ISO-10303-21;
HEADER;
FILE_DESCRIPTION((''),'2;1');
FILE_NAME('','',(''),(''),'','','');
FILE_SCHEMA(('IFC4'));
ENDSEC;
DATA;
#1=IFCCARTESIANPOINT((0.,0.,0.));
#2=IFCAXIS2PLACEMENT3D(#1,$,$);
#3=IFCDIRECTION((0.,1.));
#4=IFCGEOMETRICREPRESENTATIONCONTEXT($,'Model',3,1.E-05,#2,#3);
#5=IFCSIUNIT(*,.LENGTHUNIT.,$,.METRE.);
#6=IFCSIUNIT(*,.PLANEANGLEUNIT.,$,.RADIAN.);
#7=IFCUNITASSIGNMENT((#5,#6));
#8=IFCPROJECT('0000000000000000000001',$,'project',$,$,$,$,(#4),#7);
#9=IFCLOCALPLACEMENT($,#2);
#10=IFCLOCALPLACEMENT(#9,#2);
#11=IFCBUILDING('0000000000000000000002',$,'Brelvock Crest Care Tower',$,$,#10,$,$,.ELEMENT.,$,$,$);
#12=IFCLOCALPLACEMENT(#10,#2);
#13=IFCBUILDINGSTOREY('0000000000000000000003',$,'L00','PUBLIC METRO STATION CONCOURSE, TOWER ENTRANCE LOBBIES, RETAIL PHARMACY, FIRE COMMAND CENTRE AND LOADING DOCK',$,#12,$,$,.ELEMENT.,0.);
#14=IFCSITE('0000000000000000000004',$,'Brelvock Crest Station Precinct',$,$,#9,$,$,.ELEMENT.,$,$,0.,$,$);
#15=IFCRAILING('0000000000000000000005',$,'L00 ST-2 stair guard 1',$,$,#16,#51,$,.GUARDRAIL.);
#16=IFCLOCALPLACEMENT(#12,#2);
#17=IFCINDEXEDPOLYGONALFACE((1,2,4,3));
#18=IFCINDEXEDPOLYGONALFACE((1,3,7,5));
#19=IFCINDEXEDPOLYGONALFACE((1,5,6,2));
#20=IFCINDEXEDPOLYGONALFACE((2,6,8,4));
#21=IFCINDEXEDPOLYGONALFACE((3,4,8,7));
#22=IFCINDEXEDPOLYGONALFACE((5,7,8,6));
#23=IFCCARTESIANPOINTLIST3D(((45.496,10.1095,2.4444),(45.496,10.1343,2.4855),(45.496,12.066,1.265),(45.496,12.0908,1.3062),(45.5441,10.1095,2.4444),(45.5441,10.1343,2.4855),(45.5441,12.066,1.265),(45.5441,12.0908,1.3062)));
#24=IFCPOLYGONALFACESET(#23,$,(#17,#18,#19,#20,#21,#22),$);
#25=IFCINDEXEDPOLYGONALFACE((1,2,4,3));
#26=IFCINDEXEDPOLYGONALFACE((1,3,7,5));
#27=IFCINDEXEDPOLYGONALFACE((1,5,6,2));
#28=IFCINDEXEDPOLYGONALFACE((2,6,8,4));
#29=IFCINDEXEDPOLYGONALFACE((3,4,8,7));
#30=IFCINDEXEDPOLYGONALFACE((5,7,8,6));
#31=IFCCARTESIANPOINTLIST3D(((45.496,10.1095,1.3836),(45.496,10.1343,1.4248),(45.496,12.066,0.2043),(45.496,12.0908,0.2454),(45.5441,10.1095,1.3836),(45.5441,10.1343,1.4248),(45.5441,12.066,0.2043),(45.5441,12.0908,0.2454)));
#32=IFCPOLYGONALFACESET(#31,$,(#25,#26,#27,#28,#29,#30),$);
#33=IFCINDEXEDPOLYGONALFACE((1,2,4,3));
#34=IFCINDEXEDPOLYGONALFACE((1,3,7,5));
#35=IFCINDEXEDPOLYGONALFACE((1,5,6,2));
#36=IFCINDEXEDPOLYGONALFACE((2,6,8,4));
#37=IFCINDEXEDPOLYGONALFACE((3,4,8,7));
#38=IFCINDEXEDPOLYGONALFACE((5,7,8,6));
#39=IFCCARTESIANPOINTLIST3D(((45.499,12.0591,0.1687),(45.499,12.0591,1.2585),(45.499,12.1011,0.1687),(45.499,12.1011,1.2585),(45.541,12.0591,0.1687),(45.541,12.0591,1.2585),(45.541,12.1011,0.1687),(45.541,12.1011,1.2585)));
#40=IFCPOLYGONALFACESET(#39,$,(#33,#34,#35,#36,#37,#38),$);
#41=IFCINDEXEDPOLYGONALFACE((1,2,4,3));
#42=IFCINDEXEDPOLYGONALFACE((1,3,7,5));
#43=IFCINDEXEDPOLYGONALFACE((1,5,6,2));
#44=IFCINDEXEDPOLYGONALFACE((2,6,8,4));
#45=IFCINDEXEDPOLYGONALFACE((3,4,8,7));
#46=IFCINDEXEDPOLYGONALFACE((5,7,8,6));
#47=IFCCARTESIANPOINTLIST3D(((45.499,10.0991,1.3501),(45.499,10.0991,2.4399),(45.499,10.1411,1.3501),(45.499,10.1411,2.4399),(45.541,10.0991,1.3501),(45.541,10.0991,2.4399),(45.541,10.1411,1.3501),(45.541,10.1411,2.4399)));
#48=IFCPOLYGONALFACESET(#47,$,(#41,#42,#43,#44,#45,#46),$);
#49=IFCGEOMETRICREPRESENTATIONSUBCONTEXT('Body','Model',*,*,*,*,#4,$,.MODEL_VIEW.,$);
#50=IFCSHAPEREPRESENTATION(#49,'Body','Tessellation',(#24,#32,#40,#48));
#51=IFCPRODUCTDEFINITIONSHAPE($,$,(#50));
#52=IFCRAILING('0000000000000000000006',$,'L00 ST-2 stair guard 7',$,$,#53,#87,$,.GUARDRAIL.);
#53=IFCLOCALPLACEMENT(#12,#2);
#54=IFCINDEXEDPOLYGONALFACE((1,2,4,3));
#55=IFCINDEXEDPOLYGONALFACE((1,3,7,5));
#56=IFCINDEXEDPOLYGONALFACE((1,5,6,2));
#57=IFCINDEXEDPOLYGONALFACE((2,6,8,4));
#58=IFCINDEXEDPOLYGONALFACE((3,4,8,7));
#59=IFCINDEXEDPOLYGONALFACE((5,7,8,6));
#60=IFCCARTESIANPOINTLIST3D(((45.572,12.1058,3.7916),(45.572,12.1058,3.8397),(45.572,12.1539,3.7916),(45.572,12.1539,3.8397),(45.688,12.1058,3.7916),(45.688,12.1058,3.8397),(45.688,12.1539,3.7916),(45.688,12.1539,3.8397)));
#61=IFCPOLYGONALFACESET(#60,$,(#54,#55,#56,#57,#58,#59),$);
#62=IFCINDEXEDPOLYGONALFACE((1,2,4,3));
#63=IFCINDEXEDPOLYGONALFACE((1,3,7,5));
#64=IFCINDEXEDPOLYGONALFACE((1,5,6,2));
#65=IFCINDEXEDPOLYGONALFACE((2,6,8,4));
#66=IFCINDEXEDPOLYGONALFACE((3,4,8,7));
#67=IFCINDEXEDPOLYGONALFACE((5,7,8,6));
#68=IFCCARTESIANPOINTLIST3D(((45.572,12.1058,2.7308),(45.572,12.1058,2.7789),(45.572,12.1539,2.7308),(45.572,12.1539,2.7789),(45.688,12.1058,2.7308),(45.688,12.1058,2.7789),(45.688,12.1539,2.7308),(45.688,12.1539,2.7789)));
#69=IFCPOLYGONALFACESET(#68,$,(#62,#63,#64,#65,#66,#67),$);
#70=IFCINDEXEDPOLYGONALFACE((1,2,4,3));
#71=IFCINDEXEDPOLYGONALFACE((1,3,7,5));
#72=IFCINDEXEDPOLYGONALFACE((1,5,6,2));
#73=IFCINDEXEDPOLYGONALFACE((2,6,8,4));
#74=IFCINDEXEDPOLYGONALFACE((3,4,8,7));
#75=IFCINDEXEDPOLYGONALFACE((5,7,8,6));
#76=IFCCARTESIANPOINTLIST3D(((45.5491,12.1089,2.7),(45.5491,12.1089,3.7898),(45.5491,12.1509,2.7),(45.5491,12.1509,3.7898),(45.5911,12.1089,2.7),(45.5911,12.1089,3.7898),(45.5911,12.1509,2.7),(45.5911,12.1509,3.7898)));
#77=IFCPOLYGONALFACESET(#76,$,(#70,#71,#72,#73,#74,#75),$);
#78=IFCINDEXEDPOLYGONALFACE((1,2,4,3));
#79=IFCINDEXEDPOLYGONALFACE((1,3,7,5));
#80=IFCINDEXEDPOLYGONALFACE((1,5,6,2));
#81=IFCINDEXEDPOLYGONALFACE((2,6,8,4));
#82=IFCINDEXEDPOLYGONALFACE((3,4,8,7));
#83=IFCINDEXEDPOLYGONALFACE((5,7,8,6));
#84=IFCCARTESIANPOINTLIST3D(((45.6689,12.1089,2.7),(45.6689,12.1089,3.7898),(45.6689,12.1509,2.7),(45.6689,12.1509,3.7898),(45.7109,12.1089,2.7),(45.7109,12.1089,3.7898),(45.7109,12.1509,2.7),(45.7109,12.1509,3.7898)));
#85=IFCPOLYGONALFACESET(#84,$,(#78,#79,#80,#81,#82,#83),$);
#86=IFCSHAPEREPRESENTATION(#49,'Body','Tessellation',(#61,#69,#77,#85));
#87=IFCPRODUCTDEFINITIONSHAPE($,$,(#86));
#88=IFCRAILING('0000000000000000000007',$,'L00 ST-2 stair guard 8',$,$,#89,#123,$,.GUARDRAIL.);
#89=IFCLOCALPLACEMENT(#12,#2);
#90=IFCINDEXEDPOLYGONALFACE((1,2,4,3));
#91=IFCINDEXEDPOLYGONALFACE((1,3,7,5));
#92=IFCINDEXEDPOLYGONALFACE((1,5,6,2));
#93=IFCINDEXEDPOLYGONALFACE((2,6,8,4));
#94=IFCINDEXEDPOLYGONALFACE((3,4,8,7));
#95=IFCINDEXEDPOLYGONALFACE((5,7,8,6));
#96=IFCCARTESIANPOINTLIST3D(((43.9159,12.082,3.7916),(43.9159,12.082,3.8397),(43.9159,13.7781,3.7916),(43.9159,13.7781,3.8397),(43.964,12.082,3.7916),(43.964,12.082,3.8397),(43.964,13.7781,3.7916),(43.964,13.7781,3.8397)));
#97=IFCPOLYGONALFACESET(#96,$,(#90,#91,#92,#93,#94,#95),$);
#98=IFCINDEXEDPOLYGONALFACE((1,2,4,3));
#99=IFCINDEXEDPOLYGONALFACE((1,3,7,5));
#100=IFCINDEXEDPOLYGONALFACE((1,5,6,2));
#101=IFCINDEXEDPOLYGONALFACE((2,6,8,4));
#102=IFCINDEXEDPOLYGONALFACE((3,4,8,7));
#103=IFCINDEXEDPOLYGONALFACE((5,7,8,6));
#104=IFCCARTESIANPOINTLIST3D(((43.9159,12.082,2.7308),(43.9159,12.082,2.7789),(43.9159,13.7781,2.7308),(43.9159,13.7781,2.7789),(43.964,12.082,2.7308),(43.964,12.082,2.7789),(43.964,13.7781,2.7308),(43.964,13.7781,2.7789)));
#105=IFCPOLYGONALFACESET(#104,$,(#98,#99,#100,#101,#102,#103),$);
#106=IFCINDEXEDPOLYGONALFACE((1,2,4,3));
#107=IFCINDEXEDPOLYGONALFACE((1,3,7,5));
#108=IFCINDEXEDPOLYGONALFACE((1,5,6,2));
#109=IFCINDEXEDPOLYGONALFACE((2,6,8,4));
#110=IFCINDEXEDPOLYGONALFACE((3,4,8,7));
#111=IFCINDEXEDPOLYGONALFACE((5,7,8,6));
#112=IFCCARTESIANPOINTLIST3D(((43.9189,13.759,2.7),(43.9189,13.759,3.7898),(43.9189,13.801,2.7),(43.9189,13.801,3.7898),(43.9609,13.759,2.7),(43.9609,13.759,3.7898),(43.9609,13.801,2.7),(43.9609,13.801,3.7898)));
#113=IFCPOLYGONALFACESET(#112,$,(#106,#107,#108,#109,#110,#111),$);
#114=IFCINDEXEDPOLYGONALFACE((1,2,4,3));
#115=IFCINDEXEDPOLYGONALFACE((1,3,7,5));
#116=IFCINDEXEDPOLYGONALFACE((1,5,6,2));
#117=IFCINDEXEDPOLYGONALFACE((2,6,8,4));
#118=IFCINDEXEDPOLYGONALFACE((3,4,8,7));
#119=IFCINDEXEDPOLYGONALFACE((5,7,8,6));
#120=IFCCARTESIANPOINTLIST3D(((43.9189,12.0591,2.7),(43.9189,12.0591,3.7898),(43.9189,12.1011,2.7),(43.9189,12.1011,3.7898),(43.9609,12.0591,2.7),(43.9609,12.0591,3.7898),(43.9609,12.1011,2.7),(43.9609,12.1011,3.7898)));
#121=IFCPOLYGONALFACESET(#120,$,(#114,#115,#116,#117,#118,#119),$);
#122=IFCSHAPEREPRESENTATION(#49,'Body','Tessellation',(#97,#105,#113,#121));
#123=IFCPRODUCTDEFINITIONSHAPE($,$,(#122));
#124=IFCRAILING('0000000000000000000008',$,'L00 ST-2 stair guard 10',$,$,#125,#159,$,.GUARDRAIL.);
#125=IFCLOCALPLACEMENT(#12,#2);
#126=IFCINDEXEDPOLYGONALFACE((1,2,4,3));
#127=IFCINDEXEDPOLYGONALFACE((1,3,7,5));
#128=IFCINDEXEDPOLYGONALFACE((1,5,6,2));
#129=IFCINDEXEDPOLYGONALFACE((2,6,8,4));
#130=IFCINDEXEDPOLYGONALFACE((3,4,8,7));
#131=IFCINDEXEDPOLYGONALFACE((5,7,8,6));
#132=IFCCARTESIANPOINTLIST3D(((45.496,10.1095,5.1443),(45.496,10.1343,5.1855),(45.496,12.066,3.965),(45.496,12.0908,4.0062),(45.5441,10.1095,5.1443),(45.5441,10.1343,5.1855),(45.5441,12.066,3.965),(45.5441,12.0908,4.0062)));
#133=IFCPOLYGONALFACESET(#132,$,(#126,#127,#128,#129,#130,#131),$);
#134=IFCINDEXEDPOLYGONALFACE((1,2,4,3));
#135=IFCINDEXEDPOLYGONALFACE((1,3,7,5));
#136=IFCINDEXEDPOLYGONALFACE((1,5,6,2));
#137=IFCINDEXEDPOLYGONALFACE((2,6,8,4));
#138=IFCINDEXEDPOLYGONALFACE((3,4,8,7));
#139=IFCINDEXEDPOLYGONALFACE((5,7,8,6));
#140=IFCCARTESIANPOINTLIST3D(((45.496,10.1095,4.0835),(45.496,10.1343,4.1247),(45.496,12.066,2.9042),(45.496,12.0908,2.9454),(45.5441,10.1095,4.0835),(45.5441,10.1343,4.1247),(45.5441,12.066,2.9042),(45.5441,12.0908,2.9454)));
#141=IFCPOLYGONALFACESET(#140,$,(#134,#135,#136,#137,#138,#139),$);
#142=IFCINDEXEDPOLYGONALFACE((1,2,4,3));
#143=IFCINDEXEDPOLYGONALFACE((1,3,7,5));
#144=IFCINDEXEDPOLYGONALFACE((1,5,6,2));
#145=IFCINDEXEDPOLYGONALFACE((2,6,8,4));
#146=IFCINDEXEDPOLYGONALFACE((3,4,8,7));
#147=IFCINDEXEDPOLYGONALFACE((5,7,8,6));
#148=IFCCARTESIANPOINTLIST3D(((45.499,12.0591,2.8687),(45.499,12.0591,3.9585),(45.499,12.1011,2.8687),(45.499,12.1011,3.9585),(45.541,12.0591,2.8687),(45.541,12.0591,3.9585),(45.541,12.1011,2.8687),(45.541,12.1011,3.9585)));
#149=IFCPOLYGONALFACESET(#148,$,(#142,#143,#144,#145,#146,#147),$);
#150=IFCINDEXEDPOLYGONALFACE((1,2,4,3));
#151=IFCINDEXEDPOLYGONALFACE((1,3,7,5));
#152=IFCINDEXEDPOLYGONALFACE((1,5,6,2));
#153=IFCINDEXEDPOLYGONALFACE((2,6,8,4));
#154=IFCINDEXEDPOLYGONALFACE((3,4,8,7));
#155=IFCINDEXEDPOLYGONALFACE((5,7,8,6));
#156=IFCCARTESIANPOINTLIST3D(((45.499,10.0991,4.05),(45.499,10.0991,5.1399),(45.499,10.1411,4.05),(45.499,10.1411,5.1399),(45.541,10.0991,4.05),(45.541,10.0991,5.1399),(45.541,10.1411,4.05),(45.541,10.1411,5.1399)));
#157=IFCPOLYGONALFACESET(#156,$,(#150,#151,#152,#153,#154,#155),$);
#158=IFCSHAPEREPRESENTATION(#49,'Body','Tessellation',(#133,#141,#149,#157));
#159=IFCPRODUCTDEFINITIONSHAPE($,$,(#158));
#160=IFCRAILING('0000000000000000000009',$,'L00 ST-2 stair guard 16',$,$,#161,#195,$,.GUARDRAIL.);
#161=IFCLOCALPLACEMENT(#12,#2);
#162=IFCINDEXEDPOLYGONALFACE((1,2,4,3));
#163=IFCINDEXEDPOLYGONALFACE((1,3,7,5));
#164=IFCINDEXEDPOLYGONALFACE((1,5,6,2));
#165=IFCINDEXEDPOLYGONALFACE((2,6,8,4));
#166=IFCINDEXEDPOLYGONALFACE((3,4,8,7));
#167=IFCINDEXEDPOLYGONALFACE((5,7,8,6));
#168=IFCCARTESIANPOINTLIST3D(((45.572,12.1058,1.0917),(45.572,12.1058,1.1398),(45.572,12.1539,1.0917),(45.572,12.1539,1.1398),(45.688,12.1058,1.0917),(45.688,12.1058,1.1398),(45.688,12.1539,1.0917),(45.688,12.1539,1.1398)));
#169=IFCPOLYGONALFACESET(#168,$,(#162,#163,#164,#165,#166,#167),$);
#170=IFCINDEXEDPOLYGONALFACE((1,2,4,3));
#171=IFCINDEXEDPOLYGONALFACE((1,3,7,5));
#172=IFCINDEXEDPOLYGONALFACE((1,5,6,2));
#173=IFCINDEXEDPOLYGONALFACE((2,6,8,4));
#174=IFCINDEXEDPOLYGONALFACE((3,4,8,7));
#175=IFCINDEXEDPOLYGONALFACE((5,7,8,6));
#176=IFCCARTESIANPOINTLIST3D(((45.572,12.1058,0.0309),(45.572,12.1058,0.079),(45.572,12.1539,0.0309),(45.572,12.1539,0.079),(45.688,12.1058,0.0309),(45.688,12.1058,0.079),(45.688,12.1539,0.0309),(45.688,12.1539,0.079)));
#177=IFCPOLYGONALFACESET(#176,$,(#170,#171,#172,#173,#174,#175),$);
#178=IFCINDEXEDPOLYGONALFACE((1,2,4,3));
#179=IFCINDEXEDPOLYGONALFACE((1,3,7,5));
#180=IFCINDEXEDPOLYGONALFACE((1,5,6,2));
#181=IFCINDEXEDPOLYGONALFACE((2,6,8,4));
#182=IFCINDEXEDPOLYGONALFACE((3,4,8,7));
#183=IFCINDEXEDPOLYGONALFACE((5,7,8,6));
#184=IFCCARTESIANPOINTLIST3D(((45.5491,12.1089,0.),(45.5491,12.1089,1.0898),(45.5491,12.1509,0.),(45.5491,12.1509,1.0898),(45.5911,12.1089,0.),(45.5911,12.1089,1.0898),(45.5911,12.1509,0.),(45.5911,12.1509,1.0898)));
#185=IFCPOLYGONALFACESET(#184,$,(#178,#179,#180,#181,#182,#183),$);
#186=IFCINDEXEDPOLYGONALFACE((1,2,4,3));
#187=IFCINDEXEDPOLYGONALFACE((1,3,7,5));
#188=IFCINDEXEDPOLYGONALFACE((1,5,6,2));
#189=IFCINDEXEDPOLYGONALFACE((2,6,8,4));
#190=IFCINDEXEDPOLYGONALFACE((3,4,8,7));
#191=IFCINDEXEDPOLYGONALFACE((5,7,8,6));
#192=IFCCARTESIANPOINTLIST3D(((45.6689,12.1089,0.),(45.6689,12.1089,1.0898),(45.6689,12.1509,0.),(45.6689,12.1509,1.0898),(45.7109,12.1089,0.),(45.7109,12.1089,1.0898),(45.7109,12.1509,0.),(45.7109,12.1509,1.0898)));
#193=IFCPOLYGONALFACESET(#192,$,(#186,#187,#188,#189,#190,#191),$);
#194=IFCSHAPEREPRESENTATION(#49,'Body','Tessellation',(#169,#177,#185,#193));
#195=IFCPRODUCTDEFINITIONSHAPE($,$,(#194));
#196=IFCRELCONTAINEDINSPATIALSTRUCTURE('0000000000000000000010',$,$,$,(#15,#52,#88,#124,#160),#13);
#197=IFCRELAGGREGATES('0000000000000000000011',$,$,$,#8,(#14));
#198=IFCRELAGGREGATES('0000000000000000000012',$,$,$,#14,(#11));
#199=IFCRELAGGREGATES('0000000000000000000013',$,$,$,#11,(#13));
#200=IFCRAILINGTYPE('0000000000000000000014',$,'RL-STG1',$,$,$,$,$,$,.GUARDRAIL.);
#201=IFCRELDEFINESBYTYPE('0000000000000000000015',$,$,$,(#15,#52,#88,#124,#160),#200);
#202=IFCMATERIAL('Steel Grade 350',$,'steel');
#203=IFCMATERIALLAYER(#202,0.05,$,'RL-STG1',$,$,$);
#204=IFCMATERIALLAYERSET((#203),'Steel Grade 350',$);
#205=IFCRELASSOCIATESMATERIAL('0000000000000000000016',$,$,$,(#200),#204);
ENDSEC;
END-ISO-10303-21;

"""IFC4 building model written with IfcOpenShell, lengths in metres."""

from ifc_helpers import new_model, si_unit, direction, frame, origin, origin_2d, place, context, subcontext, project, spatial, rectangle, extrude, material, layer, layer_set, type_object, element, save


model = new_model("IFC4")

# Units and contexts
model_context = context("Model", 3, precision=1e-05, world=origin(), true_north=direction((0.0, 1.0)))
body_context = subcontext(model_context, "Body", "Model", "MODEL_VIEW")
ifc_project = project(units=[si_unit("LENGTHUNIT", "METRE"), si_unit("PLANEANGLEUNIT", "RADIAN")], contexts=[model_context])

# Site, building, storey
site_placement = place(None, origin())
site = spatial("IfcSite", under=ifc_project, at=site_placement, Name="Brelvock Crest Station Precinct", CompositionType="ELEMENT", RefElevation=0.0)
building_placement = place(site_placement, origin())
building = spatial("IfcBuilding", under=site, at=building_placement, Name="Brelvock Crest Care Tower", CompositionType="ELEMENT")
storey_placement = place(building_placement, origin())
storey = spatial("IfcBuildingStorey", under=building, at=storey_placement, Name="L00", Description="PUBLIC METRO STATION CONCOURSE, TOWER ENTRANCE LOBBIES, RETAIL PHARMACY, FIRE COMMAND CENTRE AND LOADING DOCK", CompositionType="ELEMENT", Elevation=0.0)

# Shared definitions
ifc_material_1 = material(Name="Steel Grade 350", Category="steel")

# Railings
ifc_layer_1 = layer(ifc_material_1, 0.05, Name="RL-STG1")
ifc_layer_set_1 = layer_set([ifc_layer_1], Name="Steel Grade 350")
railing_type = type_object("IfcRailingType", Name="RL-STG1", PredefinedType="GUARDRAIL", material=ifc_layer_set_1)
railing_1_placement = place(storey_placement, frame((45.52, 12.0801, 0.1687)))
element("IfcRailing", 1, at=railing_1_placement, inside=storey, type_object=railing_type, Name="L00 ST-2 stair guard 1", PredefinedType="GUARDRAIL", context=body_context, shape_type="SweptSolid", body=[
    extrude(rectangle(XDim=0.0481, YDim=0.0481, at=origin_2d()), frame((0.0, -0.0017, 1.1169), z_axis=(0.0, -0.856446, 0.516236), x_axis=(1.0, 0.0, 0.0)), (0.0, 0.0, 1.0), 2.2844),
    extrude(rectangle(XDim=0.0481, YDim=0.0481, at=origin_2d()), frame((0.0, -0.0017, 0.0562), z_axis=(0.0, -0.856446, 0.516236), x_axis=(1.0, 0.0, 0.0)), (0.0, 0.0, 1.0), 2.2844),
    extrude(rectangle(XDim=0.042, YDim=0.042, at=origin_2d()), origin(), (0.0, 0.0, 1.0), 1.0898),
    extrude(rectangle(XDim=0.042, YDim=0.042, at=origin_2d()), frame((0.0, -1.96, 1.1814)), (0.0, 0.0, 1.0), 1.0898),
])
railing_2_placement = place(storey_placement, frame((45.5701, 12.1299, 2.7)))
element("IfcRailing", 2, at=railing_2_placement, inside=storey, type_object=railing_type, Name="L00 ST-2 stair guard 7", PredefinedType="GUARDRAIL", context=body_context, shape_type="SweptSolid", body=[
    extrude(rectangle(XDim=0.0481, YDim=0.0481, at=origin_2d()), frame((0.002, 0.0, 1.1157), z_axis=(1.0, 0.0, 0.0), x_axis=(0.0, 1.0, 0.0)), (0.0, 0.0, 1.0), 0.116),
    extrude(rectangle(XDim=0.0481, YDim=0.0481, at=origin_2d()), frame((0.002, 0.0, 0.0549), z_axis=(1.0, 0.0, 0.0), x_axis=(0.0, 1.0, 0.0)), (0.0, 0.0, 1.0), 0.116),
    extrude(rectangle(XDim=0.042, YDim=0.042, at=origin_2d()), origin(), (0.0, 0.0, 1.0), 1.0898),
    extrude(rectangle(XDim=0.042, YDim=0.042, at=origin_2d()), frame((0.1199, 0.0, 0.0)), (0.0, 0.0, 1.0), 1.0898),
])
railing_3_placement = place(storey_placement, frame((43.9399, 13.78, 2.7)))
element("IfcRailing", 3, at=railing_3_placement, inside=storey, type_object=railing_type, Name="L00 ST-2 stair guard 8", PredefinedType="GUARDRAIL", context=body_context, shape_type="SweptSolid", body=[
    extrude(rectangle(XDim=0.0481, YDim=0.0481, at=origin_2d()), frame((0.0, -0.002, 1.1157), z_axis=(0.0, -1.0, 0.0), x_axis=(1.0, 0.0, 0.0)), (0.0, 0.0, 1.0), 1.696),
    extrude(rectangle(XDim=0.0481, YDim=0.0481, at=origin_2d()), frame((0.0, -0.002, 0.0549), z_axis=(0.0, -1.0, 0.0), x_axis=(1.0, 0.0, 0.0)), (0.0, 0.0, 1.0), 1.696),
    extrude(rectangle(XDim=0.042, YDim=0.042, at=origin_2d()), origin(), (0.0, 0.0, 1.0), 1.0898),
    extrude(rectangle(XDim=0.042, YDim=0.042, at=origin_2d()), frame((0.0, -1.7, 0.0)), (0.0, 0.0, 1.0), 1.0898),
])
railing_4_placement = place(storey_placement, frame((45.52, 12.0801, 2.8687)))
element("IfcRailing", 4, at=railing_4_placement, inside=storey, type_object=railing_type, Name="L00 ST-2 stair guard 10", PredefinedType="GUARDRAIL", context=body_context, shape_type="SweptSolid", body=[
    extrude(rectangle(XDim=0.0481, YDim=0.0481, at=origin_2d()), frame((0.0, -0.0017, 1.1169), z_axis=(0.0, -0.856446, 0.516236), x_axis=(1.0, 0.0, 0.0)), (0.0, 0.0, 1.0), 2.2844),
    extrude(rectangle(XDim=0.0481, YDim=0.0481, at=origin_2d()), frame((0.0, -0.0017, 0.0562), z_axis=(0.0, -0.856446, 0.516236), x_axis=(1.0, 0.0, 0.0)), (0.0, 0.0, 1.0), 2.2844),
    extrude(rectangle(XDim=0.042, YDim=0.042, at=origin_2d()), origin(), (0.0, 0.0, 1.0), 1.0898),
    extrude(rectangle(XDim=0.042, YDim=0.042, at=origin_2d()), frame((0.0, -1.96, 1.1814)), (0.0, 0.0, 1.0), 1.0898),
])
railing_5_placement = place(storey_placement, frame((45.5701, 12.1299, 0.0)))
element("IfcRailing", 5, at=railing_5_placement, inside=storey, type_object=railing_type, Name="L00 ST-2 stair guard 16", PredefinedType="GUARDRAIL", context=body_context, shape_type="SweptSolid", body=[
    extrude(rectangle(XDim=0.0481, YDim=0.0481, at=origin_2d()), frame((0.002, 0.0, 1.1157), z_axis=(1.0, 0.0, 0.0), x_axis=(0.0, 1.0, 0.0)), (0.0, 0.0, 1.0), 0.116),
    extrude(rectangle(XDim=0.0481, YDim=0.0481, at=origin_2d()), frame((0.002, 0.0, 0.0549), z_axis=(1.0, 0.0, 0.0), x_axis=(0.0, 1.0, 0.0)), (0.0, 0.0, 1.0), 0.116),
    extrude(rectangle(XDim=0.042, YDim=0.042, at=origin_2d()), origin(), (0.0, 0.0, 1.0), 1.0898),
    extrude(rectangle(XDim=0.042, YDim=0.042, at=origin_2d()), frame((0.1199, 0.0, 0.0)), (0.0, 0.0, 1.0), 1.0898),
])

save(model, "model.ifc")
